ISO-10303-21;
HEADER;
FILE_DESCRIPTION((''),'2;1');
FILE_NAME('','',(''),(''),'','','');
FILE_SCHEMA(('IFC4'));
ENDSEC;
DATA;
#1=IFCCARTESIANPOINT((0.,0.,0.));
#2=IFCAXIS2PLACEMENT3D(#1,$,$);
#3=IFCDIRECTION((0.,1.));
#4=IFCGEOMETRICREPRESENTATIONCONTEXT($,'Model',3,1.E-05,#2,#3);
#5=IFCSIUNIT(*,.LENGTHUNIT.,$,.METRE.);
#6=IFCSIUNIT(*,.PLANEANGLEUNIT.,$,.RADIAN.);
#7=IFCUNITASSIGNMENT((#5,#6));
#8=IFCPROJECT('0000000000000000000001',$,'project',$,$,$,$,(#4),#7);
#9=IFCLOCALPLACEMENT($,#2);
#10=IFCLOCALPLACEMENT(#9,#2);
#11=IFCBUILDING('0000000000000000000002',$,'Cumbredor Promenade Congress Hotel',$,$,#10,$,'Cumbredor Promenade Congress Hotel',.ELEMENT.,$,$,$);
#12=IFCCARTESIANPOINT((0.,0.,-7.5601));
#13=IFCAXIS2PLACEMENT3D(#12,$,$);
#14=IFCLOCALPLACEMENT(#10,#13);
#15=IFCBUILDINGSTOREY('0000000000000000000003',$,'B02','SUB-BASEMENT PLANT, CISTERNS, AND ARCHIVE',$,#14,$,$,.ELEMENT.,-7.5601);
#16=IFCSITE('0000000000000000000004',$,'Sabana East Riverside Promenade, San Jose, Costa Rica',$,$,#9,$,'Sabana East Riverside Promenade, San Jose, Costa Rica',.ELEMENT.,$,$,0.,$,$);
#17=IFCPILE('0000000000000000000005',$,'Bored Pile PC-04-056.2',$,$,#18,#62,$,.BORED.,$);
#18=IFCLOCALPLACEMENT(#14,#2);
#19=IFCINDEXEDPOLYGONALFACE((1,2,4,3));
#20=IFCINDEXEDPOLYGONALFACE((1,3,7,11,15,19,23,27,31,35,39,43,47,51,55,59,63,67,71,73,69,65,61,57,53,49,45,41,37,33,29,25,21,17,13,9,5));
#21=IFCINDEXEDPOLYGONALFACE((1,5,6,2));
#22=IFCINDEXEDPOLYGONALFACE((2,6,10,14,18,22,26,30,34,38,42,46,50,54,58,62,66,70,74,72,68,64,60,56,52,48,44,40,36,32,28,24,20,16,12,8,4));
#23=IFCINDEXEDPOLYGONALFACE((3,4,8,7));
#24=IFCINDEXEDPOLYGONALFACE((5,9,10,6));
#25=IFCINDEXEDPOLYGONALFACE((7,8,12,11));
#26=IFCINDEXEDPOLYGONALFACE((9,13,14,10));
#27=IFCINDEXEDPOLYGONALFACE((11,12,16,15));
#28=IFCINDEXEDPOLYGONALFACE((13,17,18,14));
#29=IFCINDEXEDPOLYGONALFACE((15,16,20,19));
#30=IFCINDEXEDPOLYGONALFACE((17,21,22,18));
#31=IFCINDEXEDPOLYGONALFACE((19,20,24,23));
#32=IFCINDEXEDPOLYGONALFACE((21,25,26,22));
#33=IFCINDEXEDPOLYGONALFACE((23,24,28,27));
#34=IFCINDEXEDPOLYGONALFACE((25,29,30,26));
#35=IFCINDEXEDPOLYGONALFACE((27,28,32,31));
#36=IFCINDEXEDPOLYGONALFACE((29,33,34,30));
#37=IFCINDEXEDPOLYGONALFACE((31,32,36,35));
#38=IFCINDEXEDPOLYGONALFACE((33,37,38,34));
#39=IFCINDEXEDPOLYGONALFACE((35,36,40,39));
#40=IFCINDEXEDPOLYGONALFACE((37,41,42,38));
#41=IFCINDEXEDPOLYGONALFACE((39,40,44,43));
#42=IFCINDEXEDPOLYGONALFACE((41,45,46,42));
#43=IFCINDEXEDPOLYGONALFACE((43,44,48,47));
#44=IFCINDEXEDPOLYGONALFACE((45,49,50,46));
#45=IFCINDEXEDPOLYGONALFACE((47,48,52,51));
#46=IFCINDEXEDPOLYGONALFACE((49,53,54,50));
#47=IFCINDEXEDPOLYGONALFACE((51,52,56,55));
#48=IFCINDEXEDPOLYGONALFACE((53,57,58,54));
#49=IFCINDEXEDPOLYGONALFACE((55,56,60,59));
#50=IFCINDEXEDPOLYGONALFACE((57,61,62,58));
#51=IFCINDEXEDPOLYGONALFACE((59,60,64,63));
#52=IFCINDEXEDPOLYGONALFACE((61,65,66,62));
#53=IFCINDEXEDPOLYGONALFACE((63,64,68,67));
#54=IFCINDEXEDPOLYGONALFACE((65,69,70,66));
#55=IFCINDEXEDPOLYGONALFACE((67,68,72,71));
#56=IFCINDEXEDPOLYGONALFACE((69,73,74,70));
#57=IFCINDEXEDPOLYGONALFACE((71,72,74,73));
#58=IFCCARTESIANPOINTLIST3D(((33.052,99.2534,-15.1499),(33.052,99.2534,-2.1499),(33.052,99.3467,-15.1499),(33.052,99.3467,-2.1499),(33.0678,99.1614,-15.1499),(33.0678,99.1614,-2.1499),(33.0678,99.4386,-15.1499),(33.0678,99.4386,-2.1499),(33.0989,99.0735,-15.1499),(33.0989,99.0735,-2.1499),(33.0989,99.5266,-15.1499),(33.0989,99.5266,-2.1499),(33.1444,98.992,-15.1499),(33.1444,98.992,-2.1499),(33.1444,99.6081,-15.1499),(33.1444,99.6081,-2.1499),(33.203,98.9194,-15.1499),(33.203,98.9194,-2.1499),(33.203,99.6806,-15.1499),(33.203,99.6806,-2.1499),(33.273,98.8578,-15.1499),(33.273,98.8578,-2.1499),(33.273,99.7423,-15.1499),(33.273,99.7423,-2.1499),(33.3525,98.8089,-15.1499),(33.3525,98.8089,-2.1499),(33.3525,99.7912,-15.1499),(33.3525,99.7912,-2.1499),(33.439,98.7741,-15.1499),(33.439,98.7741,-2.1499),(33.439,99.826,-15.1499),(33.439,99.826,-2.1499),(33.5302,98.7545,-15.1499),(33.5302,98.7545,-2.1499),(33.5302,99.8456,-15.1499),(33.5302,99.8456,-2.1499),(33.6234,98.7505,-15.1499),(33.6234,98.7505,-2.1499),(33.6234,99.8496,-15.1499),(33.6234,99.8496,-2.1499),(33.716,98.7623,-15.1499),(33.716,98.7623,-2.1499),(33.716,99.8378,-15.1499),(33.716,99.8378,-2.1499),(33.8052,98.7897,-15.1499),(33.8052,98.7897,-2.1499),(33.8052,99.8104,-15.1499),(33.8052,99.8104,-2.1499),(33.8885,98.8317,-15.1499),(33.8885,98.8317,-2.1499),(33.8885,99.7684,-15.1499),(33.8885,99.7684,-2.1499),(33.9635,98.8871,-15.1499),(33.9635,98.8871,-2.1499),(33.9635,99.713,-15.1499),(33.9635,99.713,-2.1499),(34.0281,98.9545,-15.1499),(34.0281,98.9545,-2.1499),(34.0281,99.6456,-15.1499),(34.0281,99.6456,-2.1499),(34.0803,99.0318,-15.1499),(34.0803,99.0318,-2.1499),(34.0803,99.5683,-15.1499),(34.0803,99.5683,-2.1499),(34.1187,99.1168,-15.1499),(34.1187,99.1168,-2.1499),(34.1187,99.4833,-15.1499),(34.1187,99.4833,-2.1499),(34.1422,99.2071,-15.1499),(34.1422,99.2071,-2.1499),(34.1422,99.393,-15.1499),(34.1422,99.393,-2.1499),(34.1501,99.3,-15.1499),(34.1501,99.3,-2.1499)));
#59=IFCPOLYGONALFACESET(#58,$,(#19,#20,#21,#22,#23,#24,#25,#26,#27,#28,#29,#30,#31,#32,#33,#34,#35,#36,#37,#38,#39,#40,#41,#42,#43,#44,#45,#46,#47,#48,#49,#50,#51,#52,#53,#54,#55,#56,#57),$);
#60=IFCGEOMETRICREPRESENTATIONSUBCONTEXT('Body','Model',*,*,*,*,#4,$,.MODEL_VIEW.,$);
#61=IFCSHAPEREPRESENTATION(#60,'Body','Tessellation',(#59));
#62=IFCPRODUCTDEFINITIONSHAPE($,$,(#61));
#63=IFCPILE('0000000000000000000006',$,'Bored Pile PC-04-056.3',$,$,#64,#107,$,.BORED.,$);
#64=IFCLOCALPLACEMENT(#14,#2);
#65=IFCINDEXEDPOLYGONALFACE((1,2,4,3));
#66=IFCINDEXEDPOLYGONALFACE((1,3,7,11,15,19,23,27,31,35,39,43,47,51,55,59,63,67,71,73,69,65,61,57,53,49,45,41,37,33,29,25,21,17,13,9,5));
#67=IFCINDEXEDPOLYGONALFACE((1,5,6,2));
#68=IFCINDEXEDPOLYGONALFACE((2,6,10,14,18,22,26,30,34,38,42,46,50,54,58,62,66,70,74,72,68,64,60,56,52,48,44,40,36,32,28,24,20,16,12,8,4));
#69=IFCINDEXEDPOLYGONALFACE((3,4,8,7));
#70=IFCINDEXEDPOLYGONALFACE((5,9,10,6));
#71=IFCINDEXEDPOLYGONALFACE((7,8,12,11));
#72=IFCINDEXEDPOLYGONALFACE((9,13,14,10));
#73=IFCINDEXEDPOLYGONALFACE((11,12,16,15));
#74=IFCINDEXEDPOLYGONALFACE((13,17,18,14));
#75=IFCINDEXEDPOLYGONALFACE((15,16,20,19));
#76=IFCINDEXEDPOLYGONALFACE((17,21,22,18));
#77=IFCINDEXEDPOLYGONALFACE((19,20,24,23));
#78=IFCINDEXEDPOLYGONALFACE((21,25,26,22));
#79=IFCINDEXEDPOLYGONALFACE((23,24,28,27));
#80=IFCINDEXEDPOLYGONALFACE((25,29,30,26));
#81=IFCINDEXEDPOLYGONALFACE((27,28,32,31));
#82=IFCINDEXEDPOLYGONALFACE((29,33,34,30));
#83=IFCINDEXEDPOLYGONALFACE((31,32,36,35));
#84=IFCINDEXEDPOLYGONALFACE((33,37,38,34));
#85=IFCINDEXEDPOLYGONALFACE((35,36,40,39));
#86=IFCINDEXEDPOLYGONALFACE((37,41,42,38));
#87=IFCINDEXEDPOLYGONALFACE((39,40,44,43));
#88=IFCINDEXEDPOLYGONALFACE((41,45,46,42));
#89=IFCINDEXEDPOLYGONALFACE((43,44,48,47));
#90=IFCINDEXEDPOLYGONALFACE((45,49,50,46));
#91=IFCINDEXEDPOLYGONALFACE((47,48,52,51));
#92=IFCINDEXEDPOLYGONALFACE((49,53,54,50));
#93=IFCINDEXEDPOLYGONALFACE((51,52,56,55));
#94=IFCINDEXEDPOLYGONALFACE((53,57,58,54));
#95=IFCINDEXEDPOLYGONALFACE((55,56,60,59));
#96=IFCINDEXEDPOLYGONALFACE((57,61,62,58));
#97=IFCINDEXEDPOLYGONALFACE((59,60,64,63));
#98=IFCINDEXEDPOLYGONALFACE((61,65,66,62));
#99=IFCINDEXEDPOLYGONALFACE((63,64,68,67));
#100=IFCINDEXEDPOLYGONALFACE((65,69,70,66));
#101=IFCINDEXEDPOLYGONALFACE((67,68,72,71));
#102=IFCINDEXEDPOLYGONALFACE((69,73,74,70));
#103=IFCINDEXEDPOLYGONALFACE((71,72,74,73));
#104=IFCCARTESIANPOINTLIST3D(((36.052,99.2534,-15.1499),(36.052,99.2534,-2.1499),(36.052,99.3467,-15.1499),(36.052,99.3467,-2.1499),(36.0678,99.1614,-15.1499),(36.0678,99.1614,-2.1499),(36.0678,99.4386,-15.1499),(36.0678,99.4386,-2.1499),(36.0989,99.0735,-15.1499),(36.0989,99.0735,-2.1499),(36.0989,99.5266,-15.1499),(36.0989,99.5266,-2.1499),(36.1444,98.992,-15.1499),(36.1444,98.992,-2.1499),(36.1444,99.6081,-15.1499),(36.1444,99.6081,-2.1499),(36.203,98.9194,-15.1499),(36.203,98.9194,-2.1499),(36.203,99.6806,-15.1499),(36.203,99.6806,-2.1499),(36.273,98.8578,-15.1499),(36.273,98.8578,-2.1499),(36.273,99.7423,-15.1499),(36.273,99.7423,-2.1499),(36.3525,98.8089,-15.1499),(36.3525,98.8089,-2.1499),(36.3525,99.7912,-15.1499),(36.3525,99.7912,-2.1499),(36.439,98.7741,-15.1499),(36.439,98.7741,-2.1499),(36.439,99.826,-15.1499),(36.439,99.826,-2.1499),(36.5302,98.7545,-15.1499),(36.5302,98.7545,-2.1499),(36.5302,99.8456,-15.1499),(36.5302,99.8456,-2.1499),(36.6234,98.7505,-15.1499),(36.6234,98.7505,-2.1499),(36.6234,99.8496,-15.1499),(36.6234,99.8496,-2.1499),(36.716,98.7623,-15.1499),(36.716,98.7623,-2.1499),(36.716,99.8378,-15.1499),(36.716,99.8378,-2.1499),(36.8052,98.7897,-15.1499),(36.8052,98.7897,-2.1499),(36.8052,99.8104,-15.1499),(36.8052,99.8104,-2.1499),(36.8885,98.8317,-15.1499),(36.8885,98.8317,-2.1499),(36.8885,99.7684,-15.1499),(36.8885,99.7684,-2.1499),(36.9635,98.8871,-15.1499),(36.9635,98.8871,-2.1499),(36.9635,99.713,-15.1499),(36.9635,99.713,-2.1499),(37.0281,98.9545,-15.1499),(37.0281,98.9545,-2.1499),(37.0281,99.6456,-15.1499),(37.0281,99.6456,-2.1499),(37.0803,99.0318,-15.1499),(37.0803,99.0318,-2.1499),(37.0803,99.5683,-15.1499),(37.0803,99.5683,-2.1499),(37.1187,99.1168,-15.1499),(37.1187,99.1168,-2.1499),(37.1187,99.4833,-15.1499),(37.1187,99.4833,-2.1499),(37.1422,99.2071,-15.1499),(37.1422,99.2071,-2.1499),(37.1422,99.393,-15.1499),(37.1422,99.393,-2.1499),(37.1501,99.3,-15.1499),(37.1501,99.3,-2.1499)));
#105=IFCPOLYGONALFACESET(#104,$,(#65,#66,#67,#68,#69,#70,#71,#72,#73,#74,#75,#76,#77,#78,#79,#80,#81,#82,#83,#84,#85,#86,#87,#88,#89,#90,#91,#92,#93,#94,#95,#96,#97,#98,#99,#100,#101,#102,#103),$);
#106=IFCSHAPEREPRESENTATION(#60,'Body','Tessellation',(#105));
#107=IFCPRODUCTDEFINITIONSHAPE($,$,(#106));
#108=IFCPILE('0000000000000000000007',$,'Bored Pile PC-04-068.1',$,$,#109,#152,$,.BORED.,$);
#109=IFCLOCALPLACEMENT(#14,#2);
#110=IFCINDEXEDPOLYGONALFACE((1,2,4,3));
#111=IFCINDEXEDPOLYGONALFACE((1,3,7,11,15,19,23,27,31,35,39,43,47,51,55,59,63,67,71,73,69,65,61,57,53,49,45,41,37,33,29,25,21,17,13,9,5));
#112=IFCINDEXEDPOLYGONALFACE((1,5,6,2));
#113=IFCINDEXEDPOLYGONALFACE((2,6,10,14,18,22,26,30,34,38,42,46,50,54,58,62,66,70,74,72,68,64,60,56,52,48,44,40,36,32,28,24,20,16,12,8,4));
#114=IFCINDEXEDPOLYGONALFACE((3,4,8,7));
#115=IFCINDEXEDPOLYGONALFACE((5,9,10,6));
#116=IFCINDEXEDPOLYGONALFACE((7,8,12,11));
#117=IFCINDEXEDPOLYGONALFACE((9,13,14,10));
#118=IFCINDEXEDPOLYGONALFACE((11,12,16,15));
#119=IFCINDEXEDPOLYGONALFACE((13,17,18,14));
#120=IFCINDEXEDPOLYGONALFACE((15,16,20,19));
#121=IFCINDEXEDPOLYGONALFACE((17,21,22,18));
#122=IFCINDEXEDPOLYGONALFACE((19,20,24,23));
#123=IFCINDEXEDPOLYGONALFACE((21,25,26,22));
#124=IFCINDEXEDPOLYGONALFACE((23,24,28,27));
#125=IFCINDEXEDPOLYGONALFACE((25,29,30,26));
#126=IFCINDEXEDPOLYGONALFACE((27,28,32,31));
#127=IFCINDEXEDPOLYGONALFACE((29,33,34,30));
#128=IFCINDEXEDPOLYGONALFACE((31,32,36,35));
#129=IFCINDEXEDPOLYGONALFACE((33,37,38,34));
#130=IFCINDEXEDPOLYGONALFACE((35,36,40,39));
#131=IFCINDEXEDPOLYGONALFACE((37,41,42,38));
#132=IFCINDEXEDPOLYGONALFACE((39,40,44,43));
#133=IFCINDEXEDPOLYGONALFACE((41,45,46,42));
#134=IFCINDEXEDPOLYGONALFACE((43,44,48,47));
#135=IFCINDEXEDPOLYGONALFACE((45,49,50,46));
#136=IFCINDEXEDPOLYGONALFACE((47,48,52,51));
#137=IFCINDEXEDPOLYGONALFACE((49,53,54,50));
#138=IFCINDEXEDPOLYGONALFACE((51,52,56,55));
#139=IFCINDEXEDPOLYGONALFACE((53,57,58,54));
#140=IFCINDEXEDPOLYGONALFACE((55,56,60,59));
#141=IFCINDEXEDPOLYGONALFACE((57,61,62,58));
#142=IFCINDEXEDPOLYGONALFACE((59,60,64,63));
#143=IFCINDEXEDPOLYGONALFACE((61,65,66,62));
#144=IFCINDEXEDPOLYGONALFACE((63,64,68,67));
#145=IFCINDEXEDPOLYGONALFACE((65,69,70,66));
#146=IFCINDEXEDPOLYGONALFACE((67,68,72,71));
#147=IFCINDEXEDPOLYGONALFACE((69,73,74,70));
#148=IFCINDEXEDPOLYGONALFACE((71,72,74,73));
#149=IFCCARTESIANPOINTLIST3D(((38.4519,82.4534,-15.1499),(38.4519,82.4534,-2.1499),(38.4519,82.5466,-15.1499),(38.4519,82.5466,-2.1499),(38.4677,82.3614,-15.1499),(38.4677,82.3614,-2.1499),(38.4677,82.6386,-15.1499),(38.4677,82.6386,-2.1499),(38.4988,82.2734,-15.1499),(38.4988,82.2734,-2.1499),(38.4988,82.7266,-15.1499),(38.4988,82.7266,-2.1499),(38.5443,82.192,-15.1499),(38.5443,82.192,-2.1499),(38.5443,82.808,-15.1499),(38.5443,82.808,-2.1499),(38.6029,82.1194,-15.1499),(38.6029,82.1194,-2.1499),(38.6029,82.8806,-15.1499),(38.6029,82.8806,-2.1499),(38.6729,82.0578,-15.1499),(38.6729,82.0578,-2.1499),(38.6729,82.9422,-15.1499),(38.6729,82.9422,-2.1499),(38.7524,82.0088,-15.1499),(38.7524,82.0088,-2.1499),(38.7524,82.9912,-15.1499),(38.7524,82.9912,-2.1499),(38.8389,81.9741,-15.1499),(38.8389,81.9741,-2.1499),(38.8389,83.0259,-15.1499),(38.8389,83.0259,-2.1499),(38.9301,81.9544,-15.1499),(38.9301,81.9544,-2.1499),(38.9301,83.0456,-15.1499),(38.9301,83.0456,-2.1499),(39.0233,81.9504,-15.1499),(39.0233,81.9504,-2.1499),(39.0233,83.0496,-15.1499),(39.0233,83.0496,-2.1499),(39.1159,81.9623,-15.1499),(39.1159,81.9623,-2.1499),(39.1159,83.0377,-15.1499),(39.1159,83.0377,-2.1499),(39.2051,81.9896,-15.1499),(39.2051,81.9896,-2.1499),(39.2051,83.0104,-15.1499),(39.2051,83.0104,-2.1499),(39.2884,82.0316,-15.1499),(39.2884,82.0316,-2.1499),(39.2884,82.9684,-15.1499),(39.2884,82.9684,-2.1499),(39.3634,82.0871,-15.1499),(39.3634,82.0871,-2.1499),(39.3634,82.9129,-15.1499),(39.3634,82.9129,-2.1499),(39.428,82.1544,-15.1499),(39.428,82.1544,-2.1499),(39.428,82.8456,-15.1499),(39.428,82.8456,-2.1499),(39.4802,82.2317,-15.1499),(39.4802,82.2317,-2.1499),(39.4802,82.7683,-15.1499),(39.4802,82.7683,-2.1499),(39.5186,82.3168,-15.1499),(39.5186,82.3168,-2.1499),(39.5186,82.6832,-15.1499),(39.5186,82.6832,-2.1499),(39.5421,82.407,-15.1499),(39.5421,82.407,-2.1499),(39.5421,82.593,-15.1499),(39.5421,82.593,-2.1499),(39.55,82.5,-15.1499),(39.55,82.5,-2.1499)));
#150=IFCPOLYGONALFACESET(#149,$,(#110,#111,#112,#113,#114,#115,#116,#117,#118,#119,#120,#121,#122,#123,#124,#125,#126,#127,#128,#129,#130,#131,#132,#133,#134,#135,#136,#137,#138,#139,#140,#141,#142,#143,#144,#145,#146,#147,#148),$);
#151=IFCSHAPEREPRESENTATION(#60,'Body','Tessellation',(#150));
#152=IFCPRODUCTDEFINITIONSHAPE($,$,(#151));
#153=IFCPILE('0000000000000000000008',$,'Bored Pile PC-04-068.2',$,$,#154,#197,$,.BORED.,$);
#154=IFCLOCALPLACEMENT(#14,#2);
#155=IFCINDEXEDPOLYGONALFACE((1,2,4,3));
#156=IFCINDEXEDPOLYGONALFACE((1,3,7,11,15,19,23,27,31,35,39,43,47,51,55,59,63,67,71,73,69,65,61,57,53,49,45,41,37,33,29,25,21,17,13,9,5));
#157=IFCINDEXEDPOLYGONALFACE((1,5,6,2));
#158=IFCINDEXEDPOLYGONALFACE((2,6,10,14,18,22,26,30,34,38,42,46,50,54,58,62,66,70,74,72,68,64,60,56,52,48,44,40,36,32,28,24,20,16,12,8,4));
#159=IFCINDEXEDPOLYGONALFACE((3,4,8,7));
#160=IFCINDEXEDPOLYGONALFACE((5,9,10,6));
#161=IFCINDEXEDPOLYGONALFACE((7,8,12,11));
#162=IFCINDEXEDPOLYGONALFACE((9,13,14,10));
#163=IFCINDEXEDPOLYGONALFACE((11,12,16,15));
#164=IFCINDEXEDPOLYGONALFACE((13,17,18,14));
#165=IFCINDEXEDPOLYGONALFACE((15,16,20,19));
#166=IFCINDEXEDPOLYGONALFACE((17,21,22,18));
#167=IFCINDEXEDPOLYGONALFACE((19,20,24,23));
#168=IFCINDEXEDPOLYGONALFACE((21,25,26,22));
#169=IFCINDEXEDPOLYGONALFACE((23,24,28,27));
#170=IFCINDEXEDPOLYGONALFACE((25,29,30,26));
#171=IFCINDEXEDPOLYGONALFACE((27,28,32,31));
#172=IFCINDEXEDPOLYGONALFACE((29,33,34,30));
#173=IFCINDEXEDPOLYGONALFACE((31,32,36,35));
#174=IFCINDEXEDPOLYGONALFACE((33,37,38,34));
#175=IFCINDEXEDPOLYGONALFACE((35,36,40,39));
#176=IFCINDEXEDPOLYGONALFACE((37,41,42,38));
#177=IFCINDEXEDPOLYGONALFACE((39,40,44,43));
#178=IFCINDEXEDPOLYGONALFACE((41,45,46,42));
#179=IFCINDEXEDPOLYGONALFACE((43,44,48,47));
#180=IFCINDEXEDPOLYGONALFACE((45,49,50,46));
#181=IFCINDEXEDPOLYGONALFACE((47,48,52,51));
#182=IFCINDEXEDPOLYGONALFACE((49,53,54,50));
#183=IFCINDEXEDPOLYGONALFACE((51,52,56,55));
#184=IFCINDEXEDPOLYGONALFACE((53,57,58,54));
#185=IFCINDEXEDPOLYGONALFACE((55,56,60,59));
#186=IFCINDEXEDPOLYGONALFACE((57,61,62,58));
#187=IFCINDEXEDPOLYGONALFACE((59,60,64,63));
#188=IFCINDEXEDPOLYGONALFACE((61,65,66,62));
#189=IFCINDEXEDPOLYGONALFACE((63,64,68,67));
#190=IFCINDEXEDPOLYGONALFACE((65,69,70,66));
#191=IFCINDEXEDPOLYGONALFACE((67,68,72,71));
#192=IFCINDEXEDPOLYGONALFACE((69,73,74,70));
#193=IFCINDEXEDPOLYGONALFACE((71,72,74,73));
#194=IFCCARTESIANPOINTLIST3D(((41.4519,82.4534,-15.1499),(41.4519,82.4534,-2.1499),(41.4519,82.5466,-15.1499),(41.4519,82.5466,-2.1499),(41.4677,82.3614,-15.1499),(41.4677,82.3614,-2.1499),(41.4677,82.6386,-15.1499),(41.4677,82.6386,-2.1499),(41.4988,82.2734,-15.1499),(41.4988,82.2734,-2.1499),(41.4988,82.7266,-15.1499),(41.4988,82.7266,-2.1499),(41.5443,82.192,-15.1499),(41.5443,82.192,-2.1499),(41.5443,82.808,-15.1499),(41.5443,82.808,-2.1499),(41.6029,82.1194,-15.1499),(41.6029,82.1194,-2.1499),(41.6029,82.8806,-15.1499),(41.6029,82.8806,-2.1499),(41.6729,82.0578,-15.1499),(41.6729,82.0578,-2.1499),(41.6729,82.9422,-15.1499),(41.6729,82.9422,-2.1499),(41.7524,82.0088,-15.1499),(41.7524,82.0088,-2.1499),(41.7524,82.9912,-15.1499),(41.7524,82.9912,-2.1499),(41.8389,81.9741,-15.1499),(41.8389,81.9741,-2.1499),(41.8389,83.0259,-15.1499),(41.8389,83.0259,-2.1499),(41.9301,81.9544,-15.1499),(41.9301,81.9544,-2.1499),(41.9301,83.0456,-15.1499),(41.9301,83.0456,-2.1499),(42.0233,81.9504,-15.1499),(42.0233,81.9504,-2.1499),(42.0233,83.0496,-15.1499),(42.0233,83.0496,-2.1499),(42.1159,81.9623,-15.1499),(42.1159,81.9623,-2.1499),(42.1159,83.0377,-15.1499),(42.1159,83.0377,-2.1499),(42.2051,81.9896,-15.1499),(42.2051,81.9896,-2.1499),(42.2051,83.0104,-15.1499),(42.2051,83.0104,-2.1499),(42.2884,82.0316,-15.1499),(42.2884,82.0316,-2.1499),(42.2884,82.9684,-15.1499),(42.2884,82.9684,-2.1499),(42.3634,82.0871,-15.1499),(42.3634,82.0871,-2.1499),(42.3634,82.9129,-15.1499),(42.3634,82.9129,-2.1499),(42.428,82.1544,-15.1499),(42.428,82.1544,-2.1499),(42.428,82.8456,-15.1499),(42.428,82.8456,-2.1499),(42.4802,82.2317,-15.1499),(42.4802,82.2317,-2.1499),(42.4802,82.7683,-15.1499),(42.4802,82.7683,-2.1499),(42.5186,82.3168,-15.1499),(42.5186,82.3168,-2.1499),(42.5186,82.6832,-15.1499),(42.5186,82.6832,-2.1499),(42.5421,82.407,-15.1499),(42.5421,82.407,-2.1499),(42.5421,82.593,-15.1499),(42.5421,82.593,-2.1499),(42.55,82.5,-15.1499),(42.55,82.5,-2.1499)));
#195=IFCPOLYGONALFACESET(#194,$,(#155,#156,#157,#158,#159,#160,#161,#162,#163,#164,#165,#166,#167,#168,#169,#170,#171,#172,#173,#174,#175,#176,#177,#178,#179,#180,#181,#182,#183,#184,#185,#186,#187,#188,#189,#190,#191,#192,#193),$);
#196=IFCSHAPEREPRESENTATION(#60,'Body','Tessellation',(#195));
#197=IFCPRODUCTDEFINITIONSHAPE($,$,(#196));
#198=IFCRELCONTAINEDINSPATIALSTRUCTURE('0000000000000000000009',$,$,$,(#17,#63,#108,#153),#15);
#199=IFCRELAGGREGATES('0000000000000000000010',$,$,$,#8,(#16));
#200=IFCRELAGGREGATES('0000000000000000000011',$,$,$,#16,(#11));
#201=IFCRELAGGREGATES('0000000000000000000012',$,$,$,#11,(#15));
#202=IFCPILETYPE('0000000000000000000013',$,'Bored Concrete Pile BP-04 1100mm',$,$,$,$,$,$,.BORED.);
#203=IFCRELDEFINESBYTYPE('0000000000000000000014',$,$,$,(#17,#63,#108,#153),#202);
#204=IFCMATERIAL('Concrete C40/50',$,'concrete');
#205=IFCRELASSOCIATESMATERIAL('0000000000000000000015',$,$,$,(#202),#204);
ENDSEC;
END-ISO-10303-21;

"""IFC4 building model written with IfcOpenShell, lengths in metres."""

from ifc_helpers import new_model, si_unit, direction, frame, origin, origin_2d, place, context, subcontext, project, spatial, circle, extrude, material, material_profile, profile_set, type_object, element, save


model = new_model("IFC4")

# Units and contexts
model_context = context("Model", 3, precision=1e-05, world=origin(), true_north=direction((0.0, 1.0)))
body_context = subcontext(model_context, "Body", "Model", "MODEL_VIEW")
ifc_project = project(units=[si_unit("LENGTHUNIT", "METRE"), si_unit("PLANEANGLEUNIT", "RADIAN")], contexts=[model_context])

# Site, building, storey
site_placement = place(None, origin())
site = spatial("IfcSite", under=ifc_project, at=site_placement, Name="Sabana East Riverside Promenade, San Jose, Costa Rica", LongName="Sabana East Riverside Promenade, San Jose, Costa Rica", CompositionType="ELEMENT", RefElevation=0.0)
building_placement = place(site_placement, origin())
building = spatial("IfcBuilding", under=site, at=building_placement, Name="Cumbredor Promenade Congress Hotel", LongName="Cumbredor Promenade Congress Hotel", CompositionType="ELEMENT")
storey_placement = place(building_placement, frame((0.0, 0.0, -7.5601)))
storey = spatial("IfcBuildingStorey", under=building, at=storey_placement, Name="B02", Description="SUB-BASEMENT PLANT, CISTERNS, AND ARCHIVE", CompositionType="ELEMENT", Elevation=-7.5601)

# Piles
ifc_material_1 = material(Name="Concrete C40/50", Category="concrete")
ifc_material_profile_1 = material_profile(ifc_material_1, circle(Radius=0.55, at=origin_2d()), Name="PILE D1100")
ifc_profile_set_1 = profile_set([ifc_material_profile_1], Name="Concrete C40/50")
pile_type_1 = type_object("IfcPileType", Name="Bored Concrete Pile BP-04 1100mm", PredefinedType="BORED", material=ifc_profile_set_1)
for number, where, z_axis, x_axis, name in (
    (1, (33.6001, 99.3, -2.1499), (0.0, 0.0, -1.0), (1.0, 0.0, 0.0), "Bored Pile PC-04-056.2"),
    (2, (36.6001, 99.3, -2.1499), (0.0, 0.0, -1.0), (1.0, 0.0, 0.0), "Bored Pile PC-04-056.3"),
    (3, (39.0, 82.5, -2.1499), (0.0, 0.0, -1.0), (1.0, 0.0, 0.0), "Bored Pile PC-04-068.1"),
    (4, (42.0, 82.5, -2.1499), (0.0, 0.0, -1.0), (1.0, 0.0, 0.0), "Bored Pile PC-04-068.2"),
):
    element("IfcPile", number, at=place(storey_placement, frame(where, z_axis=z_axis, x_axis=x_axis)), inside=storey, type_object=pile_type_1, Name=name, PredefinedType="BORED", context=body_context, shape_type="SweptSolid", body=[
        extrude(circle(Radius=0.55, at=origin_2d()), origin(), (0.0, 0.0, 1.0), 13.0),
    ])

save(model, "model.ifc")
